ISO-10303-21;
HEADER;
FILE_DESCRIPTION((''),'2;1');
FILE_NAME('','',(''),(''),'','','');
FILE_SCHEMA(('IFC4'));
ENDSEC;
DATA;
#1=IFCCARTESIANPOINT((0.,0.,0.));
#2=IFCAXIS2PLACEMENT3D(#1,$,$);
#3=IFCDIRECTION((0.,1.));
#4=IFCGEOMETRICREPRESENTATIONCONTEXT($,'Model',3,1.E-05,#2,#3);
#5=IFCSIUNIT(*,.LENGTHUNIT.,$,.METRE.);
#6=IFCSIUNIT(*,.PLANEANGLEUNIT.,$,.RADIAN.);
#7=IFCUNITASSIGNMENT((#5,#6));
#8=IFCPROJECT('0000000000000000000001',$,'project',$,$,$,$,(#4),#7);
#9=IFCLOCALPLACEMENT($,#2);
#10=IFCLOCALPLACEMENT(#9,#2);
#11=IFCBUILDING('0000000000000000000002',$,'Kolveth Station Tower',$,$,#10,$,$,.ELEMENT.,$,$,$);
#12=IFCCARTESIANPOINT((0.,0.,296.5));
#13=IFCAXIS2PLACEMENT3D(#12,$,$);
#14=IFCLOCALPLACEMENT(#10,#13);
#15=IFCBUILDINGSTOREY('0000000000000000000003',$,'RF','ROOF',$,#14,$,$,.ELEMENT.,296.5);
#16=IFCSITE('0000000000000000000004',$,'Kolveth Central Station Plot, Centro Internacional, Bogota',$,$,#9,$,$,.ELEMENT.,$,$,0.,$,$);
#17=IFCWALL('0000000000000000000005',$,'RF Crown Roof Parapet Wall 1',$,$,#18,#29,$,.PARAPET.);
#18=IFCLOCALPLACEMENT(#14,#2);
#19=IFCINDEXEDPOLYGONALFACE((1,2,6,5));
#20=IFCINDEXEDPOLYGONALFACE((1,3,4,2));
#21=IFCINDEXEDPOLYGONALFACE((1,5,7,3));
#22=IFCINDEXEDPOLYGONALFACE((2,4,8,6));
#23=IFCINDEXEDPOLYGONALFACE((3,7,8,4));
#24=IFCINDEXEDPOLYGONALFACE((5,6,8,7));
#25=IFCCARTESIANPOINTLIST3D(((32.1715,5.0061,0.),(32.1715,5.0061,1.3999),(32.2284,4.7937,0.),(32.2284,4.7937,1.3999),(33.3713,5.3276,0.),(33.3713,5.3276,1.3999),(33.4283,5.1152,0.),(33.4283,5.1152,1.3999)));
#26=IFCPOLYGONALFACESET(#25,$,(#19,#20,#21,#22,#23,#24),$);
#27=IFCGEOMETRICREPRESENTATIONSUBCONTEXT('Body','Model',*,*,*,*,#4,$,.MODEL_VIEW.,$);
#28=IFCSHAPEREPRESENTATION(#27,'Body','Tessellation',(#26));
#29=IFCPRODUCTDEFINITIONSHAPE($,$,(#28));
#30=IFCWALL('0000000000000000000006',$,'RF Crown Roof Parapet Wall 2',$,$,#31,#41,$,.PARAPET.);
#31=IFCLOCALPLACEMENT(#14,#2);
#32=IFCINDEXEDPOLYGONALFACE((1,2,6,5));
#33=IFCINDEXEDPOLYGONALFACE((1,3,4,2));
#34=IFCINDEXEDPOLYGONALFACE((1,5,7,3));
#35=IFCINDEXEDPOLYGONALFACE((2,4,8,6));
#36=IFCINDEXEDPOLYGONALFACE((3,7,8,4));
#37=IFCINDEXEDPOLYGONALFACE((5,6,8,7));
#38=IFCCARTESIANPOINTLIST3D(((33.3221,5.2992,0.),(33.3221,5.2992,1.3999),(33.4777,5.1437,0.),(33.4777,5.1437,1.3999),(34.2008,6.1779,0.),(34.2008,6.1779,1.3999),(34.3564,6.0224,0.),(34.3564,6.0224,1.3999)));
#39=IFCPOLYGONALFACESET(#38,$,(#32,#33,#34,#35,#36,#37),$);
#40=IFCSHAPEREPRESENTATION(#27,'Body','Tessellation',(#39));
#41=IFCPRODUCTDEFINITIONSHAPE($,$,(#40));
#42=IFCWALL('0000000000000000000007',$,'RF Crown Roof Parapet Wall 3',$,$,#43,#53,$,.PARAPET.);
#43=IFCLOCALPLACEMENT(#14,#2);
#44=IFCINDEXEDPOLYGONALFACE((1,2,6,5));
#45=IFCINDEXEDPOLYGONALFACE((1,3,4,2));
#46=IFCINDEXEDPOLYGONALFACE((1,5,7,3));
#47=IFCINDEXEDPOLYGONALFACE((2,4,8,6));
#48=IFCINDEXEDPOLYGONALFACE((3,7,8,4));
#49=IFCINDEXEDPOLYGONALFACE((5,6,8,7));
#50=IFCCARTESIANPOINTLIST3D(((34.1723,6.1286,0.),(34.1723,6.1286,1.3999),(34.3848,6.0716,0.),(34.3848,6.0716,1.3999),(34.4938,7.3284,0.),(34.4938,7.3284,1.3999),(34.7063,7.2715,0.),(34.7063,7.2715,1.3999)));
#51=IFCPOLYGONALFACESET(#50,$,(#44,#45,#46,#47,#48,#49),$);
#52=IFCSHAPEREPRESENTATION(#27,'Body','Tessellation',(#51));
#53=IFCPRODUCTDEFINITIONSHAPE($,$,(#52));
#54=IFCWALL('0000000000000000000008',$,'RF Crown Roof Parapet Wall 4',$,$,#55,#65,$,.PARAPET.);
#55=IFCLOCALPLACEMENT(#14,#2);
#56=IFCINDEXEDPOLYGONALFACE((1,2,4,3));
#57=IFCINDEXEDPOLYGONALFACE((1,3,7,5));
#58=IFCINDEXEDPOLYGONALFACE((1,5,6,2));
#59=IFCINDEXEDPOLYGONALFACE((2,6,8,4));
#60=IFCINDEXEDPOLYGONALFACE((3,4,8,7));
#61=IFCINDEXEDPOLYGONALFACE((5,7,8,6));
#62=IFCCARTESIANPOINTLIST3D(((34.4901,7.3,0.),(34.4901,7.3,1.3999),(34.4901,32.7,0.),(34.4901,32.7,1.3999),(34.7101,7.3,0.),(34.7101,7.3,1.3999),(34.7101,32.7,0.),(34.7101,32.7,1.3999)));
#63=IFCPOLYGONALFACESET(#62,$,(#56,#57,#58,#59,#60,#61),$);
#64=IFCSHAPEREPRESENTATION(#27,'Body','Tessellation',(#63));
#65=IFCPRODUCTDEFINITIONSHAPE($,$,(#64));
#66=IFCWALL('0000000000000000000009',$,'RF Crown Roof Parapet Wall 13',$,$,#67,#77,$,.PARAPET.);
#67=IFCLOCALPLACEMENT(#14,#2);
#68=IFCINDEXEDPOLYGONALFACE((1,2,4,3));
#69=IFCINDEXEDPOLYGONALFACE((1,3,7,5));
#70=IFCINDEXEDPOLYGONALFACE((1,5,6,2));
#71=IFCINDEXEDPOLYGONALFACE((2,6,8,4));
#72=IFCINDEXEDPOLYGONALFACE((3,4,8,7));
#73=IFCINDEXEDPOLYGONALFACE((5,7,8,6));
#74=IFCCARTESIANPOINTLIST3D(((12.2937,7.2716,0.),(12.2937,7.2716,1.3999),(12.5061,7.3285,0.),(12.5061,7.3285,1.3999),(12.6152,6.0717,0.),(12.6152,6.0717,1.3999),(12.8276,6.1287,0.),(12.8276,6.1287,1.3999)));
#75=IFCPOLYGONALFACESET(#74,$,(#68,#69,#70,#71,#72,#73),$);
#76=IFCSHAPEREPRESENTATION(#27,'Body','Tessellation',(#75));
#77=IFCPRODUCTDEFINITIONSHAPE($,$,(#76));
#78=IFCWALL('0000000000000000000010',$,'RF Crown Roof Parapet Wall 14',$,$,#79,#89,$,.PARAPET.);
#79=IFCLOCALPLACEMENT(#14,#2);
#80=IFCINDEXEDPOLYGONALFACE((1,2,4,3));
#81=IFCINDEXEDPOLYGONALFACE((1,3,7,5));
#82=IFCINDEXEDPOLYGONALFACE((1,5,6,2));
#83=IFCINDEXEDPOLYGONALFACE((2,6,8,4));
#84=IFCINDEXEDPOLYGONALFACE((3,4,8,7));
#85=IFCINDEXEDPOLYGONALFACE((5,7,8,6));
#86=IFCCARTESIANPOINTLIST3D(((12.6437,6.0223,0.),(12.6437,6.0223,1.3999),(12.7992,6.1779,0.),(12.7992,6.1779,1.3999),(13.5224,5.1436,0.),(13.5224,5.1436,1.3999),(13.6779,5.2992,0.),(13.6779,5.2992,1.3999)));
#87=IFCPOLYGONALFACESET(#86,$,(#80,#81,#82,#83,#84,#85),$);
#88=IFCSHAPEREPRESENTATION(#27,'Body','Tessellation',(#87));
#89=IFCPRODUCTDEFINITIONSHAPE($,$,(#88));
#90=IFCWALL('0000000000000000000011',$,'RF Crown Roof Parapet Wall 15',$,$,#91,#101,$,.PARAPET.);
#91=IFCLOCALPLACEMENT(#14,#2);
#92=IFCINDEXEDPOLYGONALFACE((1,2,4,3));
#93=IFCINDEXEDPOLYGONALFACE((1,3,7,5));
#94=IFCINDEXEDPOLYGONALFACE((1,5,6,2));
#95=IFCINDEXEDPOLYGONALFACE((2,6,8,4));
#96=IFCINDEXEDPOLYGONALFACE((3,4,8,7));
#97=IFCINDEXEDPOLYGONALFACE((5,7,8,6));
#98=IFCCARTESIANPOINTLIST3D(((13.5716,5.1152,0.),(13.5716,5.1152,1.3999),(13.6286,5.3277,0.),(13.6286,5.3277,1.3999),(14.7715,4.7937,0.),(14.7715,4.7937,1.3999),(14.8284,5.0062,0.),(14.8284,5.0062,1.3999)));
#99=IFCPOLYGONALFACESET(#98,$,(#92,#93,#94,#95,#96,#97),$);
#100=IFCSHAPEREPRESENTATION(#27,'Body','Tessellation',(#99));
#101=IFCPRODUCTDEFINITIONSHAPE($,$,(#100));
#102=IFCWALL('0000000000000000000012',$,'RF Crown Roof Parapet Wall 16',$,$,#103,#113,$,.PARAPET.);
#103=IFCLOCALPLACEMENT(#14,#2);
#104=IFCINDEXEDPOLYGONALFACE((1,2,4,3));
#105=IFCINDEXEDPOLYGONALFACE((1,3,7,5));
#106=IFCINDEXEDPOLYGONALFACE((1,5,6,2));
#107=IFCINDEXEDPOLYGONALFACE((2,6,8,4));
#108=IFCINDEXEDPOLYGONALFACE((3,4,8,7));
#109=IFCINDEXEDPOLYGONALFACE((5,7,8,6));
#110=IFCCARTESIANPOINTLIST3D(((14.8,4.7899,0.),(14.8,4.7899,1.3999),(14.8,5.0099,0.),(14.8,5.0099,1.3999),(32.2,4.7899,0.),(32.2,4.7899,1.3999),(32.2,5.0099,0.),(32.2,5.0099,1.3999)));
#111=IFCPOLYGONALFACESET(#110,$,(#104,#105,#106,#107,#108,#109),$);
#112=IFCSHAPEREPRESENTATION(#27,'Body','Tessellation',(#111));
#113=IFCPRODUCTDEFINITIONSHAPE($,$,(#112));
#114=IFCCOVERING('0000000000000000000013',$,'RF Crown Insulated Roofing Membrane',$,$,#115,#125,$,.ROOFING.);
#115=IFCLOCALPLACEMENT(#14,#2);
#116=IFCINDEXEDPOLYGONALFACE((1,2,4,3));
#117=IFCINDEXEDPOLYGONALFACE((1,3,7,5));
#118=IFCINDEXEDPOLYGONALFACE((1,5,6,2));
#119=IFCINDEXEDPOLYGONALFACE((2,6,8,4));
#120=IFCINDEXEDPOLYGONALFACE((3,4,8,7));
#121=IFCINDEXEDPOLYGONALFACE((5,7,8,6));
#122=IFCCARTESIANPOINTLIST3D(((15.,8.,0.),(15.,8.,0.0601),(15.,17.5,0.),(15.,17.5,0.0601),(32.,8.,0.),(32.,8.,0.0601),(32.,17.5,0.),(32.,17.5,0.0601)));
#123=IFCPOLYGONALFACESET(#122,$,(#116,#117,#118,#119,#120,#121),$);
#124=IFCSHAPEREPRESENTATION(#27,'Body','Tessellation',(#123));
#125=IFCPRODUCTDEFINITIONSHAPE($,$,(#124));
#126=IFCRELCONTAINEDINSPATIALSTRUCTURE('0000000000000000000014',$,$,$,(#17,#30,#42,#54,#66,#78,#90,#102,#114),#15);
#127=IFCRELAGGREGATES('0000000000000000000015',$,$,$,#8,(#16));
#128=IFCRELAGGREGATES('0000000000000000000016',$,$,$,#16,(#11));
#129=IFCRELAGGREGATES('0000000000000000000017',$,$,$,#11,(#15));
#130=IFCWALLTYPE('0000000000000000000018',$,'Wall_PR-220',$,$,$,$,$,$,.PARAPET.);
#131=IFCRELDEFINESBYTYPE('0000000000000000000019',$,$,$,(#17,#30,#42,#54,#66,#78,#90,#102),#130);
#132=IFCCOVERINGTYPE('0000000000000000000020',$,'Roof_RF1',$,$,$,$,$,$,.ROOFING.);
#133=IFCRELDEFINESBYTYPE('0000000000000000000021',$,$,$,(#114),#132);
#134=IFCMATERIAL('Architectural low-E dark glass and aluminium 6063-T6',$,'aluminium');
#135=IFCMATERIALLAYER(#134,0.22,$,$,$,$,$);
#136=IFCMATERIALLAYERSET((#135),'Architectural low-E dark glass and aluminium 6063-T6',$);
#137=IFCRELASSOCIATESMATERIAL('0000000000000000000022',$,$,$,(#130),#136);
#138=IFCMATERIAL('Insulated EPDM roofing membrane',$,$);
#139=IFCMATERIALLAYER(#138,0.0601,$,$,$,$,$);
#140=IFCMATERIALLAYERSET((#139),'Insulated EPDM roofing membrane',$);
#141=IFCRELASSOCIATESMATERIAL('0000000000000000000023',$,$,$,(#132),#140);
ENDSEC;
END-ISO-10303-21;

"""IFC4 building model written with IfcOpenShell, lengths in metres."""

from ifc_helpers import new_model, si_unit, direction, frame, frame_2d, origin, place, context, subcontext, project, spatial, polyline, rectangle, outline, extrude, material, layer, layer_set, type_object, element, save


model = new_model("IFC4")

# Units and contexts
model_context = context("Model", 3, precision=1e-05, world=origin(), true_north=direction((0.0, 1.0)))
body_context = subcontext(model_context, "Body", "Model", "MODEL_VIEW")
ifc_project = project(units=[si_unit("LENGTHUNIT", "METRE"), si_unit("PLANEANGLEUNIT", "RADIAN")], contexts=[model_context])

# Site, building, storey
site_placement = place(None, origin())
site = spatial("IfcSite", under=ifc_project, at=site_placement, Name="Kolveth Central Station Plot, Centro Internacional, Bogota", CompositionType="ELEMENT", RefElevation=0.0)
building_placement = place(site_placement, origin())
building = spatial("IfcBuilding", under=site, at=building_placement, Name="Kolveth Station Tower", CompositionType="ELEMENT")
storey_placement = place(building_placement, frame((0.0, 0.0, 296.5)))
storey = spatial("IfcBuildingStorey", under=building, at=storey_placement, Name="RF", Description="ROOF", CompositionType="ELEMENT", Elevation=296.5)

# Walls
ifc_material_1 = material(Name="Architectural low-E dark glass and aluminium 6063-T6", Category="aluminium")
ifc_layer_1 = layer(ifc_material_1, 0.22)
ifc_layer_set_1 = layer_set([ifc_layer_1], Name="Architectural low-E dark glass and aluminium 6063-T6")
wall_type = type_object("IfcWallType", Name="Wall_PR-220", PredefinedType="PARAPET", material=ifc_layer_set_1)
wall_1_placement = place(storey_placement, frame((32.2, 4.8999, 0.0), z_axis=(0.0, 0.0, 1.0), x_axis=(0.965924, 0.258824, 0.0)))
element("IfcWall", 1, at=wall_1_placement, inside=storey, type_object=wall_type, Name="RF Crown Roof Parapet Wall 1", PredefinedType="PARAPET", context=body_context, shape_type="SweptSolid", body=[
    extrude(rectangle(XDim=1.2422, YDim=0.22, at=frame_2d((0.6211, 0.0))), origin(), (0.0, 0.0, 1.0), 1.3999),
])
wall_2_placement = place(storey_placement, frame((33.3999, 5.2214, 0.0), z_axis=(0.0, 0.0, 1.0), x_axis=(0.707107, 0.707107, 0.0)))
element("IfcWall", 2, at=wall_2_placement, inside=storey, type_object=wall_type, Name="RF Crown Roof Parapet Wall 2", PredefinedType="PARAPET", context=body_context, shape_type="SweptSolid", body=[
    extrude(rectangle(XDim=1.2427, YDim=0.22, at=frame_2d((0.6213, 0.0))), origin(), (0.0, 0.0, 1.0), 1.3999),
])
wall_3_placement = place(storey_placement, frame((34.2786, 6.1001, 0.0), z_axis=(0.0, 0.0, 1.0), x_axis=(0.258824, 0.965924, 0.0)))
element("IfcWall", 3, at=wall_3_placement, inside=storey, type_object=wall_type, Name="RF Crown Roof Parapet Wall 3", PredefinedType="PARAPET", context=body_context, shape_type="SweptSolid", body=[
    extrude(rectangle(XDim=1.2422, YDim=0.22, at=frame_2d((0.6211, 0.0))), origin(), (0.0, 0.0, 1.0), 1.3999),
])
wall_4_placement = place(storey_placement, frame((34.6001, 7.3, 0.0), z_axis=(0.0, 0.0, 1.0), x_axis=(0.0, 1.0, 0.0)))
element("IfcWall", 4, at=wall_4_placement, inside=storey, type_object=wall_type, Name="RF Crown Roof Parapet Wall 4", PredefinedType="PARAPET", context=body_context, shape_type="SweptSolid", body=[
    extrude(rectangle(XDim=25.3999, YDim=0.22, at=frame_2d((12.7, 0.0))), origin(), (0.0, 0.0, 1.0), 1.3999),
])
wall_5_placement = place(storey_placement, frame((12.3999, 7.3, 0.0), z_axis=(0.0, 0.0, 1.0), x_axis=(0.258824, -0.965924, 0.0)))
element("IfcWall", 5, at=wall_5_placement, inside=storey, type_object=wall_type, Name="RF Crown Roof Parapet Wall 13", PredefinedType="PARAPET", context=body_context, shape_type="SweptSolid", body=[
    extrude(rectangle(XDim=1.2422, YDim=0.22, at=frame_2d((0.6211, 0.0))), origin(), (0.0, 0.0, 1.0), 1.3999),
])
wall_6_placement = place(storey_placement, frame((12.7214, 6.1001, 0.0), z_axis=(0.0, 0.0, 1.0), x_axis=(0.707107, -0.707107, 0.0)))
element("IfcWall", 6, at=wall_6_placement, inside=storey, type_object=wall_type, Name="RF Crown Roof Parapet Wall 14", PredefinedType="PARAPET", context=body_context, shape_type="SweptSolid", body=[
    extrude(rectangle(XDim=1.2427, YDim=0.22, at=frame_2d((0.6213, 0.0))), origin(), (0.0, 0.0, 1.0), 1.3999),
])
wall_7_placement = place(storey_placement, frame((13.6001, 5.2214, 0.0), z_axis=(0.0, 0.0, 1.0), x_axis=(0.965924, -0.258824, 0.0)))
element("IfcWall", 7, at=wall_7_placement, inside=storey, type_object=wall_type, Name="RF Crown Roof Parapet Wall 15", PredefinedType="PARAPET", context=body_context, shape_type="SweptSolid", body=[
    extrude(rectangle(XDim=1.2422, YDim=0.22, at=frame_2d((0.6211, 0.0))), origin(), (0.0, 0.0, 1.0), 1.3999),
])
wall_8_placement = place(storey_placement, frame((14.8, 4.8999, 0.0), z_axis=(0.0, 0.0, 1.0), x_axis=(1.0, 0.0, 0.0)))
element("IfcWall", 8, at=wall_8_placement, inside=storey, type_object=wall_type, Name="RF Crown Roof Parapet Wall 16", PredefinedType="PARAPET", context=body_context, shape_type="SweptSolid", body=[
    extrude(rectangle(XDim=17.3999, YDim=0.22, at=frame_2d((8.7, 0.0))), origin(), (0.0, 0.0, 1.0), 1.3999),
])

# Covering
ifc_material_2 = material(Name="Insulated EPDM roofing membrane")
ifc_layer_2 = layer(ifc_material_2, 0.0601)
ifc_layer_set_2 = layer_set([ifc_layer_2], Name="Insulated EPDM roofing membrane")
covering_type = type_object("IfcCoveringType", Name="Roof_RF1", PredefinedType="ROOFING", material=ifc_layer_set_2)
covering_placement = place(storey_placement, origin())
element("IfcCovering", 9, at=covering_placement, inside=storey, type_object=covering_type, Name="RF Crown Insulated Roofing Membrane", PredefinedType="ROOFING", context=body_context, shape_type="SweptSolid", body=[
    extrude(outline(polyline([(15.0, 8.0), (32.0, 8.0), (32.0, 17.5), (15.0, 17.5), (15.0, 8.0)])), origin(), (0.0, 0.0, 1.0), 0.0601),
])

save(model, "model.ifc")
